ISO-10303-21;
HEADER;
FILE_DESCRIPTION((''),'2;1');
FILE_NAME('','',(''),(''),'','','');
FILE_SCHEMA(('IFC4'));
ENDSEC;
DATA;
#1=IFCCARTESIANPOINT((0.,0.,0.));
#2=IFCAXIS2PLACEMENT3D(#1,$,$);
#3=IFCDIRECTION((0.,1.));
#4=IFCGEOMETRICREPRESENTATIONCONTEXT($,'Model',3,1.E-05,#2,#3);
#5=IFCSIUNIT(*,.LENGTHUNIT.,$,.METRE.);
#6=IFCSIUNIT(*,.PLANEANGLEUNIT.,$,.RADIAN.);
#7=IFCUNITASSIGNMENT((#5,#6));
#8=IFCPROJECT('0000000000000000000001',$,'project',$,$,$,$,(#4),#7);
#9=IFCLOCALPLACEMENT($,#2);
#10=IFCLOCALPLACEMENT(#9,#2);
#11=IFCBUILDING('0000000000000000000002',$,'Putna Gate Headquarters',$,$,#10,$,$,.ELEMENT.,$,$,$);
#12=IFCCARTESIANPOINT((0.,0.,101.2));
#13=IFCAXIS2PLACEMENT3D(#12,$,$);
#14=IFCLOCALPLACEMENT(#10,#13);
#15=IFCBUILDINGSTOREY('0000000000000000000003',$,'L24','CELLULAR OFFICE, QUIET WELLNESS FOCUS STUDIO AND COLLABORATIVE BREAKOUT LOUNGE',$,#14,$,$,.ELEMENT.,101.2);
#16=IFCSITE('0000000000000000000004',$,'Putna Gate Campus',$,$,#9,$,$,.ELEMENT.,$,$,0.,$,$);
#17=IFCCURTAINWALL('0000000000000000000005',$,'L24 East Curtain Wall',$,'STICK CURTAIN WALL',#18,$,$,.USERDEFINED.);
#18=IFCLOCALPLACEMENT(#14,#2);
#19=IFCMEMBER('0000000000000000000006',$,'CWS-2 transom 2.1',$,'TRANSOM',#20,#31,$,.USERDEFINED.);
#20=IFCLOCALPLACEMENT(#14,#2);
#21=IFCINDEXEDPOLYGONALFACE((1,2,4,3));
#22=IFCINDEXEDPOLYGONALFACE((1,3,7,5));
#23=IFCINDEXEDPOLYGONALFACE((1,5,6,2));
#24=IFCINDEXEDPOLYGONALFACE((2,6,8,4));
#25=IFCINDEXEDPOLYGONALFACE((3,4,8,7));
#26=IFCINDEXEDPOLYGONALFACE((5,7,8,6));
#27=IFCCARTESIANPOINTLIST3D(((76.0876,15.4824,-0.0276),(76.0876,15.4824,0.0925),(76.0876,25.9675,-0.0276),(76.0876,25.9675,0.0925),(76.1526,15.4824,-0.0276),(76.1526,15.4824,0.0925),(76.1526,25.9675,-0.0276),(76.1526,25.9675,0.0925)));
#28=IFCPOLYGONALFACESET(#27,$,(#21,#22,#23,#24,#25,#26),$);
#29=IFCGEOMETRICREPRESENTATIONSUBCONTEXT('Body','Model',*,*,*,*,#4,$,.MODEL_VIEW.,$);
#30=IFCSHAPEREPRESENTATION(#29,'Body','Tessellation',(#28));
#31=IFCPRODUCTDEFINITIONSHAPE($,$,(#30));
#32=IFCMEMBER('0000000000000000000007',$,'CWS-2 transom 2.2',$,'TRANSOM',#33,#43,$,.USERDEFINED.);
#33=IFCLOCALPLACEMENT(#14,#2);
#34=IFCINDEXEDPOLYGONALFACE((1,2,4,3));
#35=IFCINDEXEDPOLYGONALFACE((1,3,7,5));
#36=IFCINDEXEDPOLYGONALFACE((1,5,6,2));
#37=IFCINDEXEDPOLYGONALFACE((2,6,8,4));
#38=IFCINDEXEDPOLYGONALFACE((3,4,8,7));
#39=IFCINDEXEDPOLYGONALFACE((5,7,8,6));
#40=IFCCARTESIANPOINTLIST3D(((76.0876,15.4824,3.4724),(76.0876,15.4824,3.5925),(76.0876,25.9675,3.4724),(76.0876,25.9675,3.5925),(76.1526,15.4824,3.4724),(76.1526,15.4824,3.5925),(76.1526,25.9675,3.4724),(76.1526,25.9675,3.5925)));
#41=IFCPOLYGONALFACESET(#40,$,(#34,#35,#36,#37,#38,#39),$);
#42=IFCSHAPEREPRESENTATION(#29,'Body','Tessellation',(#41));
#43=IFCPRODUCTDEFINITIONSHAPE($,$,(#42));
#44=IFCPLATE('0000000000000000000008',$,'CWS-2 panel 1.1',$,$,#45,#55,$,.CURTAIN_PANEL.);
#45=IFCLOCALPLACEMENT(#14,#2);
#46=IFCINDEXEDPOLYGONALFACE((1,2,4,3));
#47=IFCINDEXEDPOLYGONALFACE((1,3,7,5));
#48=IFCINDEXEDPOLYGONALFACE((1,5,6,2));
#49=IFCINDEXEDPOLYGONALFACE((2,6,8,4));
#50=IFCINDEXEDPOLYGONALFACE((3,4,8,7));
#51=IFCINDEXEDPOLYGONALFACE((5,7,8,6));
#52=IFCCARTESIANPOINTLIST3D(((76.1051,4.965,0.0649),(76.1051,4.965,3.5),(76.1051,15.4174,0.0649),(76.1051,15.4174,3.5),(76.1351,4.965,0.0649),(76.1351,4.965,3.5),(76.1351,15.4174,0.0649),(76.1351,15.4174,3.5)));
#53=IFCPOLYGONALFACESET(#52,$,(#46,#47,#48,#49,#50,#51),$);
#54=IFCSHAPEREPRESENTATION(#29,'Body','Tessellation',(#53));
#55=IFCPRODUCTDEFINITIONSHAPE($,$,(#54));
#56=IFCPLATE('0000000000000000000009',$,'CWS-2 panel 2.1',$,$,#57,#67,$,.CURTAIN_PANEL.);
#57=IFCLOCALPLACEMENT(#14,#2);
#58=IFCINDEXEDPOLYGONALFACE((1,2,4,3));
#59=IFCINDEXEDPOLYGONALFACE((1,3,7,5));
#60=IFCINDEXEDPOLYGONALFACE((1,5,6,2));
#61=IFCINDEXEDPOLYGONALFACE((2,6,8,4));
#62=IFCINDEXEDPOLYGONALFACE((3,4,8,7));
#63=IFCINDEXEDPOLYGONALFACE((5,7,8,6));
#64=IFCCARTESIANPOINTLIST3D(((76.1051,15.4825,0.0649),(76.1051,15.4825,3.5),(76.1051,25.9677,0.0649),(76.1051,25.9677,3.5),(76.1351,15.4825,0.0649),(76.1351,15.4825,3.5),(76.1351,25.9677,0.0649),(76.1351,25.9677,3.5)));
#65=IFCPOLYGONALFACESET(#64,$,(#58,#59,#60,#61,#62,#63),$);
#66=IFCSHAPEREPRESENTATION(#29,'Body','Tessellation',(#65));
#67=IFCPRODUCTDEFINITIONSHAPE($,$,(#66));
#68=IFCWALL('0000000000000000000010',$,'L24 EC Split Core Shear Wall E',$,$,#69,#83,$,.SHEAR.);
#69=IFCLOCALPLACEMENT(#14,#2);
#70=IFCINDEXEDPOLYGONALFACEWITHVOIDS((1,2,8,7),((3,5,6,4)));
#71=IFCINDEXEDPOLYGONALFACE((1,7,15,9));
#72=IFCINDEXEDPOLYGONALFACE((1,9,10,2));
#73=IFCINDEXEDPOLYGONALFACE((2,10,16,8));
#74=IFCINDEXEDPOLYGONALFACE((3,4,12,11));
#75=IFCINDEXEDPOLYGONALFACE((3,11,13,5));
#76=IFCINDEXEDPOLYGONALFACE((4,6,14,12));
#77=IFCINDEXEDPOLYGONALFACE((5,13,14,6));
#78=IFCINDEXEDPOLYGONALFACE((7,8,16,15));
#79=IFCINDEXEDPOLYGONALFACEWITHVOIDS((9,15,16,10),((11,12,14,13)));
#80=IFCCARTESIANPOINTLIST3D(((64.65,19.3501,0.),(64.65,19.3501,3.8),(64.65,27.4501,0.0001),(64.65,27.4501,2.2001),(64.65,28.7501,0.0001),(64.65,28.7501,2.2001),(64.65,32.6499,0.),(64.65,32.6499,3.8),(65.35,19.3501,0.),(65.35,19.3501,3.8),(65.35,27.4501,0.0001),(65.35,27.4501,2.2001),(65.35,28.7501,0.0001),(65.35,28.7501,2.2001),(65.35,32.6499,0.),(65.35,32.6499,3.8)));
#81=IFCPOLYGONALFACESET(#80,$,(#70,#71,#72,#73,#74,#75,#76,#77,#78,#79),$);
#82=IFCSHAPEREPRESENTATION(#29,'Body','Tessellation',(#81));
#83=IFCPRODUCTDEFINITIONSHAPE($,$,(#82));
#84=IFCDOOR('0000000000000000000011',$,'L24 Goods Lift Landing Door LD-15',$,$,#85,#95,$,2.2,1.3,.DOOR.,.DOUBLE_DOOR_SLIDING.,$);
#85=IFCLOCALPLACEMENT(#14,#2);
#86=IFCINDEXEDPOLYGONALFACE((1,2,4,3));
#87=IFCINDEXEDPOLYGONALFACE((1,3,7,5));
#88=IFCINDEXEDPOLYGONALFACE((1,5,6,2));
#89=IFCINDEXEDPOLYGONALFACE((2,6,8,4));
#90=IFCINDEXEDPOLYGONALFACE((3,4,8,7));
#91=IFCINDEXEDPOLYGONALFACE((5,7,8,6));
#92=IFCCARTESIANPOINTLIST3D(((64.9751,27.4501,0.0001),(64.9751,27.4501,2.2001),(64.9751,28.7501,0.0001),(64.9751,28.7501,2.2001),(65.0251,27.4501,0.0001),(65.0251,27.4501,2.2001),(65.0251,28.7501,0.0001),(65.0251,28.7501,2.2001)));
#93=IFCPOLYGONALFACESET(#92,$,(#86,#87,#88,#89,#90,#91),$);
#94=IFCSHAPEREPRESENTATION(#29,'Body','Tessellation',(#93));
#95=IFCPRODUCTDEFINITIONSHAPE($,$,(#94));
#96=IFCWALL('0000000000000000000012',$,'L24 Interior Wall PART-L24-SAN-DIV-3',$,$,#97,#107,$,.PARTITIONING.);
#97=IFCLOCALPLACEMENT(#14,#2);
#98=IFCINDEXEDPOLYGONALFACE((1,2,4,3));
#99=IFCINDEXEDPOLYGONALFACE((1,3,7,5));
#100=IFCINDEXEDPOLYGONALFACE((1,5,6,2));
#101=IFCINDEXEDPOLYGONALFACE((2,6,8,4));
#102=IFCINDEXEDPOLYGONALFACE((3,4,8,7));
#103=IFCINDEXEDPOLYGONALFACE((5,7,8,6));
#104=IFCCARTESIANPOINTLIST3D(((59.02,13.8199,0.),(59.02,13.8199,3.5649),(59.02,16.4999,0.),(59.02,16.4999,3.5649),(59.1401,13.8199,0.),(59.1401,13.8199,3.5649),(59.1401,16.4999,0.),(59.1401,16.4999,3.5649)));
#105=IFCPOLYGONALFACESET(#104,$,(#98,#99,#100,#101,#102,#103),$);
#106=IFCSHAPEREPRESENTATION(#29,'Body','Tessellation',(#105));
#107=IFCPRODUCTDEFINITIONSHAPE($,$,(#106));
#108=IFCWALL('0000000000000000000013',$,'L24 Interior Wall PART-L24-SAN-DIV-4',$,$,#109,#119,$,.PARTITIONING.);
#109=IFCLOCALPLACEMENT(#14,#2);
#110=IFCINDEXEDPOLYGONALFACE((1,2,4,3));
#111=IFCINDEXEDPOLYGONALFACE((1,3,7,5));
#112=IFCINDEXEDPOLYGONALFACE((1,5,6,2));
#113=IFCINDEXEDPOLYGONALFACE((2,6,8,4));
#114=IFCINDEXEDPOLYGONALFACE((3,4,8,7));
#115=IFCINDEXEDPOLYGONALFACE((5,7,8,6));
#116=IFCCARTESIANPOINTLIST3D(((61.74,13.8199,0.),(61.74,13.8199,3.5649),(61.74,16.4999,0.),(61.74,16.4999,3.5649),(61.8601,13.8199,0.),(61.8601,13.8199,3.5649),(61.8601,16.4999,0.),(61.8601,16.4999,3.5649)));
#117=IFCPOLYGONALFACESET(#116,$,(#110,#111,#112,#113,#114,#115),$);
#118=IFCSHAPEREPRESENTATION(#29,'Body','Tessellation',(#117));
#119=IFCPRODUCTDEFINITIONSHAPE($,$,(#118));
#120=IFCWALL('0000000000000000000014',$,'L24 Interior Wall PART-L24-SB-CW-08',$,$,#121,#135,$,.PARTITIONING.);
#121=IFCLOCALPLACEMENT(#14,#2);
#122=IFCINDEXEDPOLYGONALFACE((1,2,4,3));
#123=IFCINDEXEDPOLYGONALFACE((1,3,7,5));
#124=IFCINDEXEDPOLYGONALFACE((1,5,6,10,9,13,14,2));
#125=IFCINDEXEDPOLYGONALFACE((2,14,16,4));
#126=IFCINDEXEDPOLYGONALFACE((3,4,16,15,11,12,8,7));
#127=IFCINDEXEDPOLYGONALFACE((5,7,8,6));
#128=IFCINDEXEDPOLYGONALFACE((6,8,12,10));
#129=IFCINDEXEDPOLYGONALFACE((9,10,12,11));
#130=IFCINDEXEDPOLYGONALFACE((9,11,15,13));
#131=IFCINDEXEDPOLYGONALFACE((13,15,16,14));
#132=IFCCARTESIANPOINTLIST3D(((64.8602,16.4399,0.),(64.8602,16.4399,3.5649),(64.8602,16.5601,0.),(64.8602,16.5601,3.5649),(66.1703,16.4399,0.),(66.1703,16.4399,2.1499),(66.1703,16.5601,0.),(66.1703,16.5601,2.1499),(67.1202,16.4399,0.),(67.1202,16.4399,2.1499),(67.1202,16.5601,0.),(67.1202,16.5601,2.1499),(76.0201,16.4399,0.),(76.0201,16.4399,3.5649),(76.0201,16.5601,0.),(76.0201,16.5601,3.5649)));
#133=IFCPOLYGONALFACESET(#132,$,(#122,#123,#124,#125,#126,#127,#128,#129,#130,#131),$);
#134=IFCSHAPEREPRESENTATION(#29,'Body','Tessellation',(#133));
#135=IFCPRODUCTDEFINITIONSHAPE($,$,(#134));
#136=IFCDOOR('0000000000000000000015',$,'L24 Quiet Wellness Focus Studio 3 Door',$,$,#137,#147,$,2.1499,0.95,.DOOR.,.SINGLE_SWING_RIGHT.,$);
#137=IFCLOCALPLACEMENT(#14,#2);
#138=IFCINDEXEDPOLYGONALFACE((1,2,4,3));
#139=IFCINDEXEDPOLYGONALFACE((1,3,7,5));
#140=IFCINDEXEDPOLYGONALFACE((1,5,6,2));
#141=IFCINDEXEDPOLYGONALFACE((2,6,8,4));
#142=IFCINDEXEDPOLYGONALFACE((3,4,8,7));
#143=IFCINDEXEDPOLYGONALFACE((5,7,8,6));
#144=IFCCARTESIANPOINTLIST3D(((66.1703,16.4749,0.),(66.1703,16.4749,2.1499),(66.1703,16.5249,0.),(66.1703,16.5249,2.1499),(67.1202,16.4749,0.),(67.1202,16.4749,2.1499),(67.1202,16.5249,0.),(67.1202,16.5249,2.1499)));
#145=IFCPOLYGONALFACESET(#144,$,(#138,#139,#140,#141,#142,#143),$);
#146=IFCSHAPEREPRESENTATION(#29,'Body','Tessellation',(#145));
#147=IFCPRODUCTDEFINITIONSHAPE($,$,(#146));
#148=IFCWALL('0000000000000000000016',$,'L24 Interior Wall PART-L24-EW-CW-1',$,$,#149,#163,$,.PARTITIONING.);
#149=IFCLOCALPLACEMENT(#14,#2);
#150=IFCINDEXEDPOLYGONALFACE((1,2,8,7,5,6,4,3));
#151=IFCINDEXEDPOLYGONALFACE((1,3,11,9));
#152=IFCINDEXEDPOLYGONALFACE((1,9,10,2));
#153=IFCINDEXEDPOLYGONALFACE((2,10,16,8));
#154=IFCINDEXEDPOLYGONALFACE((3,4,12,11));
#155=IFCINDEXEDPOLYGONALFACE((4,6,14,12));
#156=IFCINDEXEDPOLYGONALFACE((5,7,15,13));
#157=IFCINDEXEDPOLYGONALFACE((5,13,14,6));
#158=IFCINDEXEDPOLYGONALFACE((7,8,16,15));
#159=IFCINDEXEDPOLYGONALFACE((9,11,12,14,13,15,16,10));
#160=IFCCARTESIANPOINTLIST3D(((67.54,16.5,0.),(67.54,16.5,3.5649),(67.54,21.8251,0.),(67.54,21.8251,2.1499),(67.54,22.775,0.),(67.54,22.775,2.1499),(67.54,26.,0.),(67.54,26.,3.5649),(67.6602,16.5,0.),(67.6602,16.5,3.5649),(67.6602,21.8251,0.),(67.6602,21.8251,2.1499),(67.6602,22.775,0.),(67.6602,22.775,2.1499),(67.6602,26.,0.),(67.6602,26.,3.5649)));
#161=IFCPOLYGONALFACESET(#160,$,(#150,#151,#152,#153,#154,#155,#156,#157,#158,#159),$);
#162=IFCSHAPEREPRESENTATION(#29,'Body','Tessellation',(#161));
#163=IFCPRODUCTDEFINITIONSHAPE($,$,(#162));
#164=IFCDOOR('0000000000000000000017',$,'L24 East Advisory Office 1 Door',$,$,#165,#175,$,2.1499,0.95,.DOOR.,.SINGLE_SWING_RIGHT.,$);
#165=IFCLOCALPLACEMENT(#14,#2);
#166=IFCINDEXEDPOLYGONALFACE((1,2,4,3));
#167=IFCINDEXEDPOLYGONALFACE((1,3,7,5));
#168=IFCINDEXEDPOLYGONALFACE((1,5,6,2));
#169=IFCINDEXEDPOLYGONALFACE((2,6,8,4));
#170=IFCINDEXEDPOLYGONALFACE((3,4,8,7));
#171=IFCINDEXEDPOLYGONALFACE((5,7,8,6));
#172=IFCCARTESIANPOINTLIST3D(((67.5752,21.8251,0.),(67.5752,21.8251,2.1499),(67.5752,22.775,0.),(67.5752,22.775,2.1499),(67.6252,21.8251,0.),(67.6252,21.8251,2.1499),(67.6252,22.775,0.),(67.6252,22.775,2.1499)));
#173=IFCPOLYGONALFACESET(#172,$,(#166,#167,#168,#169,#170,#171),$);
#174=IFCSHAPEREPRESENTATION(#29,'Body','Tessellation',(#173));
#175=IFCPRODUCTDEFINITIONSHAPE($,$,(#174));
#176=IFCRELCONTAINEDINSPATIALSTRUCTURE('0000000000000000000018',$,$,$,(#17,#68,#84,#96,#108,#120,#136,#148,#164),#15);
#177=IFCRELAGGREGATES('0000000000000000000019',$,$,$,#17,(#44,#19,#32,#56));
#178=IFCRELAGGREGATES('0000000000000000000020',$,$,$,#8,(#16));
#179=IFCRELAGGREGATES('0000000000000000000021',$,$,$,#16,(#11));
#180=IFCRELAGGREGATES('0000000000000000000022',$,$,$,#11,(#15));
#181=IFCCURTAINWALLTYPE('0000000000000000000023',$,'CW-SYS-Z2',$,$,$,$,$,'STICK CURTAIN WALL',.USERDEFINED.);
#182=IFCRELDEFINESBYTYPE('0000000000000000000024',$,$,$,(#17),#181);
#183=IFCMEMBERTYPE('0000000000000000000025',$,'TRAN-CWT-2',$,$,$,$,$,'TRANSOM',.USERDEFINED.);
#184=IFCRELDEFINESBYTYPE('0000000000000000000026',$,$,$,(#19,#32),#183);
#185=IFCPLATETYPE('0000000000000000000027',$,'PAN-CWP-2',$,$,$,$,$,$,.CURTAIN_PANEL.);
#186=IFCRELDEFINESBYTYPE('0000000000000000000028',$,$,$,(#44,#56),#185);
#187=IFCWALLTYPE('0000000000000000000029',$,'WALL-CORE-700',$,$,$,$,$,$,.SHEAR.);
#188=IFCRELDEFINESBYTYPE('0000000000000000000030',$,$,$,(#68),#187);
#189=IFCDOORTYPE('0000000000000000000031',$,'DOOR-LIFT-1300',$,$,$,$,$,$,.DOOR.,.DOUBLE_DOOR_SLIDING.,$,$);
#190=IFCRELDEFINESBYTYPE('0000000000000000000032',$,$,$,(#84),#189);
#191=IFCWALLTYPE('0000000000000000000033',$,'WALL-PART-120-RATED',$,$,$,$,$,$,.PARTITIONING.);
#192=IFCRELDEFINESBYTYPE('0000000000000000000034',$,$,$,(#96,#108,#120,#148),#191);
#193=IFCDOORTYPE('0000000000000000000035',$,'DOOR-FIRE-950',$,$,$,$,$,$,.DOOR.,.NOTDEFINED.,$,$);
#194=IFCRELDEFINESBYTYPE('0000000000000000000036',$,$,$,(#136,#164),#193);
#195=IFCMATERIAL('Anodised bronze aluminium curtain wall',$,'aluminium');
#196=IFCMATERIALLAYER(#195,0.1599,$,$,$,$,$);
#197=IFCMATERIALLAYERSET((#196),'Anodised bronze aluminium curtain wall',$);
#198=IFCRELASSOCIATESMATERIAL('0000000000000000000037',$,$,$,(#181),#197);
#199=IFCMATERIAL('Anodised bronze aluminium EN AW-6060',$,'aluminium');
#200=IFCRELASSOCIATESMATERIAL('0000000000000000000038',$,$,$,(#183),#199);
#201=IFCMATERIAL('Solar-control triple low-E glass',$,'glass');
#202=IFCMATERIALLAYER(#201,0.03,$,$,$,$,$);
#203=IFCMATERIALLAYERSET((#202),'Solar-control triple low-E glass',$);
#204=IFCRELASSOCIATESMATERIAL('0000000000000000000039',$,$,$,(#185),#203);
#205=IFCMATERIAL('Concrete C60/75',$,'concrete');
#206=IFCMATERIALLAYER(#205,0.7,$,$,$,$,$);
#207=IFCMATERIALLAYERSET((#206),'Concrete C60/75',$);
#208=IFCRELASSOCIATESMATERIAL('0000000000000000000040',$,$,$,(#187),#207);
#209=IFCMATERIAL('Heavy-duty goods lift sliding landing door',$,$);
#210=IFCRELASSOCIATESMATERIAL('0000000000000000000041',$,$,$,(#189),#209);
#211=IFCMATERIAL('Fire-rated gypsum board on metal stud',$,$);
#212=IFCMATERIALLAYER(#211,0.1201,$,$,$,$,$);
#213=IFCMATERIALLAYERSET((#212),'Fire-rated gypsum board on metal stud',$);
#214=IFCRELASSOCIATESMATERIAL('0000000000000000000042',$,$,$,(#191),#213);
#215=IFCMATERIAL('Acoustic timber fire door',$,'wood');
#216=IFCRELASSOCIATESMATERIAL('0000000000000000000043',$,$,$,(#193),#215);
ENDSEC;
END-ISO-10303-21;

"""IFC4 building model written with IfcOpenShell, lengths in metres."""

from ifc_helpers import new_model, si_unit, direction, frame, frame_2d, origin, origin_2d, place, context, subcontext, project, spatial, rectangle, extrude, material, layer, layer_set, material_profile, profile_set, type_object, element, fill, aggregate, save


model = new_model("IFC4")

# Units and contexts
model_context = context("Model", 3, precision=1e-05, world=origin(), true_north=direction((0.0, 1.0)))
body_context = subcontext(model_context, "Body", "Model", "MODEL_VIEW")
ifc_project = project(units=[si_unit("LENGTHUNIT", "METRE"), si_unit("PLANEANGLEUNIT", "RADIAN")], contexts=[model_context])

# Site, building, storey
site_placement = place(None, origin())
site = spatial("IfcSite", under=ifc_project, at=site_placement, Name="Putna Gate Campus", CompositionType="ELEMENT", RefElevation=0.0)
building_placement = place(site_placement, origin())
building = spatial("IfcBuilding", under=site, at=building_placement, Name="Putna Gate Headquarters", CompositionType="ELEMENT")
storey_placement = place(building_placement, frame((0.0, 0.0, 101.2)))
storey = spatial("IfcBuildingStorey", under=building, at=storey_placement, Name="L24", Description="CELLULAR OFFICE, QUIET WELLNESS FOCUS STUDIO AND COLLABORATIVE BREAKOUT LOUNGE", CompositionType="ELEMENT", Elevation=101.2)

# Shared definitions
ifc_material_1 = material(Name="Concrete C60/75", Category="concrete")

# Curtain wall, members, plates
ifc_material_2 = material(Name="Anodised bronze aluminium curtain wall", Category="aluminium")
ifc_layer_1 = layer(ifc_material_2, 0.1599)
ifc_layer_set_1 = layer_set([ifc_layer_1], Name="Anodised bronze aluminium curtain wall")
curtain_wall_type = type_object("IfcCurtainWallType", Name="CW-SYS-Z2", ElementType="STICK CURTAIN WALL", PredefinedType="USERDEFINED", material=ifc_layer_set_1)
curtain_wall_placement = place(storey_placement, origin())
curtain_wall = element("IfcCurtainWall", 1, at=curtain_wall_placement, inside=storey, type_object=curtain_wall_type, Name="L24 East Curtain Wall", ObjectType="STICK CURTAIN WALL", PredefinedType="USERDEFINED")
ifc_material_3 = material(Name="Anodised bronze aluminium EN AW-6060", Category="aluminium")
ifc_material_profile_1 = material_profile(ifc_material_3, rectangle(XDim=0.0649, YDim=0.1201, at=origin_2d()), Name="Anodised bronze aluminium EN AW-6060")
ifc_profile_set_1 = profile_set([ifc_material_profile_1], Name="Anodised bronze aluminium EN AW-6060")
member_type_1 = type_object("IfcMemberType", Name="TRAN-CWT-2", ElementType="TRANSOM", PredefinedType="USERDEFINED", material=ifc_profile_set_1)
member_1_placement = place(storey_placement, frame((76.1201, 15.4824, 0.0325), z_axis=(0.0, 1.0, 0.0), x_axis=(-1.0, 0.0, 0.0)))
member_1 = element("IfcMember", 2, at=member_1_placement, type_object=member_type_1, Name="CWS-2 transom 2.1", ObjectType="TRANSOM", PredefinedType="USERDEFINED", context=body_context, shape_type="SweptSolid", body=[
    extrude(rectangle(XDim=0.0649, YDim=0.1201, at=origin_2d()), origin(), (0.0, 0.0, 1.0), 10.4851),
])
member_2_placement = place(storey_placement, frame((76.1201, 15.4824, 3.5325), z_axis=(0.0, 1.0, 0.0), x_axis=(-1.0, 0.0, 0.0)))
member_2 = element("IfcMember", 3, at=member_2_placement, type_object=member_type_1, Name="CWS-2 transom 2.2", ObjectType="TRANSOM", PredefinedType="USERDEFINED", context=body_context, shape_type="SweptSolid", body=[
    extrude(rectangle(XDim=0.0649, YDim=0.1201, at=origin_2d()), origin(), (0.0, 0.0, 1.0), 10.4851),
])
ifc_material_4 = material(Name="Solar-control triple low-E glass", Category="glass")
ifc_layer_2 = layer(ifc_material_4, 0.03)
ifc_layer_set_2 = layer_set([ifc_layer_2], Name="Solar-control triple low-E glass")
plate_type = type_object("IfcPlateType", Name="PAN-CWP-2", PredefinedType="CURTAIN_PANEL", material=ifc_layer_set_2)
plate_1_placement = place(storey_placement, frame((76.1201, 10.1912, 0.0649), z_axis=(0.0, 0.0, 1.0), x_axis=(0.0, 1.0, 0.0)))
plate_1 = element("IfcPlate", 4, at=plate_1_placement, type_object=plate_type, Name="CWS-2 panel 1.1", PredefinedType="CURTAIN_PANEL", context=body_context, shape_type="SweptSolid", body=[
    extrude(rectangle(XDim=10.4524, YDim=0.03, at=origin_2d()), origin(), (0.0, 0.0, 1.0), 3.4351),
])
plate_2_placement = place(storey_placement, frame((76.1201, 20.7251, 0.0649), z_axis=(0.0, 0.0, 1.0), x_axis=(0.0, 1.0, 0.0)))
plate_2 = element("IfcPlate", 5, at=plate_2_placement, type_object=plate_type, Name="CWS-2 panel 2.1", PredefinedType="CURTAIN_PANEL", context=body_context, shape_type="SweptSolid", body=[
    extrude(rectangle(XDim=10.4851, YDim=0.03, at=origin_2d()), origin(), (0.0, 0.0, 1.0), 3.4351),
])
aggregate(curtain_wall, [plate_1, member_1, member_2, plate_2])

# Wall, opening, door
ifc_layer_3 = layer(ifc_material_1, 0.7)
ifc_layer_set_3 = layer_set([ifc_layer_3], Name="Concrete C60/75")
wall_type_1 = type_object("IfcWallType", Name="WALL-CORE-700", PredefinedType="SHEAR", material=ifc_layer_set_3)
wall_1_placement = place(storey_placement, frame((65.0, 19.3501, 0.0), z_axis=(0.0, 0.0, 1.0), x_axis=(0.0, 1.0, 0.0)))
wall_1 = element("IfcWall", 6, at=wall_1_placement, inside=storey, type_object=wall_type_1, Name="L24 EC Split Core Shear Wall E", PredefinedType="SHEAR", context=body_context, shape_type="SweptSolid", body=[
    extrude(rectangle(XDim=13.2998, YDim=0.7, at=frame_2d((6.6499, 0.0))), origin(), (0.0, 0.0, 1.0), 3.8),
])
opening_1_placement = place(wall_1_placement, frame((8.1001, 0.0, 0.0)))
opening_1 = element("IfcOpeningElement", 7, at=opening_1_placement, cuts=wall_1, PredefinedType="OPENING", context=body_context, shape_type="SweptSolid", body=[
    extrude(rectangle(XDim=1.3, YDim=2.2, at=frame_2d((0.6499, 1.1001))), frame((0.0, 0.3599, 0.0), z_axis=(0.0, -1.0, 0.0), x_axis=(1.0, 0.0, 0.0)), (0.0, 0.0, 1.0), 0.72),
])
ifc_material_5 = material(Name="Heavy-duty goods lift sliding landing door")
door_type_1 = type_object("IfcDoorType", Name="DOOR-LIFT-1300", OperationType="DOUBLE_DOOR_SLIDING", PredefinedType="DOOR", material=ifc_material_5)
door_1_placement = place(opening_1_placement, origin())
door_1 = element("IfcDoor", 8, at=door_1_placement, inside=storey, type_object=door_type_1, Name="L24 Goods Lift Landing Door LD-15", OperationType="DOUBLE_DOOR_SLIDING", OverallHeight=2.2, OverallWidth=1.3, PredefinedType="DOOR", context=body_context, shape_type="SweptSolid", body=[
    extrude(rectangle(XDim=1.3, YDim=2.2, at=frame_2d((0.6499, 1.1001))), frame((0.0, 0.0249, 0.0), z_axis=(0.0, -1.0, 0.0), x_axis=(1.0, 0.0, 0.0)), (0.0, 0.0, 1.0), 0.05),
])
fill(opening_1, door_1)

# Walls
ifc_material_6 = material(Name="Fire-rated gypsum board on metal stud")
ifc_layer_4 = layer(ifc_material_6, 0.1201)
ifc_layer_set_4 = layer_set([ifc_layer_4], Name="Fire-rated gypsum board on metal stud")
wall_type_2 = type_object("IfcWallType", Name="WALL-PART-120-RATED", PredefinedType="PARTITIONING", material=ifc_layer_set_4)
for number, where, z_axis, x_axis, name in (
    (9, (59.0801, 13.8201, 0.0), (0.0, 0.0, 1.0), (0.0, 1.0, 0.0), "L24 Interior Wall PART-L24-SAN-DIV-3"),
    (10, (61.8, 13.8201, 0.0), (0.0, 0.0, 1.0), (0.0, 1.0, 0.0), "L24 Interior Wall PART-L24-SAN-DIV-4"),
):
    element("IfcWall", number, at=place(storey_placement, frame(where, z_axis=z_axis, x_axis=x_axis)), inside=storey, type_object=wall_type_2, Name=name, PredefinedType="PARTITIONING", context=body_context, shape_type="SweptSolid", body=[
        extrude(rectangle(XDim=2.6799, YDim=0.1201, at=frame_2d((1.3398, 0.0))), origin(), (0.0, 0.0, 1.0), 3.5649),
    ])

# Walls, openings, doors
wall_2_placement = place(storey_placement, frame((64.8601, 16.5, 0.0), z_axis=(0.0, 0.0, 1.0), x_axis=(1.0, 0.0, 0.0)))
wall_2 = element("IfcWall", 11, at=wall_2_placement, inside=storey, type_object=wall_type_2, Name="L24 Interior Wall PART-L24-SB-CW-08", PredefinedType="PARTITIONING", context=body_context, shape_type="SweptSolid", body=[
    extrude(rectangle(XDim=11.1599, YDim=0.1201, at=frame_2d((5.5801, 0.0))), origin(), (0.0, 0.0, 1.0), 3.5649),
])
opening_2_placement = place(wall_2_placement, frame((1.3101, 0.0, 0.0)))
opening_2 = element("IfcOpeningElement", 12, at=opening_2_placement, cuts=wall_2, PredefinedType="OPENING", context=body_context, shape_type="SweptSolid", body=[
    extrude(rectangle(XDim=0.95, YDim=2.1499, at=frame_2d((0.4751, 1.075))), frame((0.0, 0.0701, 0.0), z_axis=(0.0, -1.0, 0.0), x_axis=(1.0, 0.0, 0.0)), (0.0, 0.0, 1.0), 0.1401),
])
ifc_material_7 = material(Name="Acoustic timber fire door", Category="wood")
door_type_2 = type_object("IfcDoorType", Name="DOOR-FIRE-950", OperationType="NOTDEFINED", PredefinedType="DOOR", material=ifc_material_7)
door_2_placement = place(opening_2_placement, origin())
door_2 = element("IfcDoor", 13, at=door_2_placement, inside=storey, type_object=door_type_2, Name="L24 Quiet Wellness Focus Studio 3 Door", OperationType="SINGLE_SWING_RIGHT", OverallHeight=2.1499, OverallWidth=0.95, PredefinedType="DOOR", context=body_context, shape_type="SweptSolid", body=[
    extrude(rectangle(XDim=0.95, YDim=2.1499, at=frame_2d((0.4751, 1.075))), frame((0.0, 0.0249, 0.0), z_axis=(0.0, -1.0, 0.0), x_axis=(1.0, 0.0, 0.0)), (0.0, 0.0, 1.0), 0.05),
])
fill(opening_2, door_2)
wall_3_placement = place(storey_placement, frame((67.6001, 16.5, 0.0), z_axis=(0.0, 0.0, 1.0), x_axis=(0.0, 1.0, 0.0)))
wall_3 = element("IfcWall", 14, at=wall_3_placement, inside=storey, type_object=wall_type_2, Name="L24 Interior Wall PART-L24-EW-CW-1", PredefinedType="PARTITIONING", context=body_context, shape_type="SweptSolid", body=[
    extrude(rectangle(XDim=9.5, YDim=0.1201, at=frame_2d((4.75, 0.0))), origin(), (0.0, 0.0, 1.0), 3.5649),
])
opening_3_placement = place(wall_3_placement, frame((5.325, 0.0, 0.0)))
opening_3 = element("IfcOpeningElement", 15, at=opening_3_placement, cuts=wall_3, PredefinedType="OPENING", context=body_context, shape_type="SweptSolid", body=[
    extrude(rectangle(XDim=0.95, YDim=2.1499, at=frame_2d((0.4751, 1.075))), frame((0.0, 0.0701, 0.0), z_axis=(0.0, -1.0, 0.0), x_axis=(1.0, 0.0, 0.0)), (0.0, 0.0, 1.0), 0.1401),
])
door_3_placement = place(opening_3_placement, origin())
door_3 = element("IfcDoor", 16, at=door_3_placement, inside=storey, type_object=door_type_2, Name="L24 East Advisory Office 1 Door", OperationType="SINGLE_SWING_RIGHT", OverallHeight=2.1499, OverallWidth=0.95, PredefinedType="DOOR", context=body_context, shape_type="SweptSolid", body=[
    extrude(rectangle(XDim=0.95, YDim=2.1499, at=frame_2d((0.4751, 1.075))), frame((0.0, 0.0249, 0.0), z_axis=(0.0, -1.0, 0.0), x_axis=(1.0, 0.0, 0.0)), (0.0, 0.0, 1.0), 0.05),
])
fill(opening_3, door_3)

save(model, "model.ifc")
